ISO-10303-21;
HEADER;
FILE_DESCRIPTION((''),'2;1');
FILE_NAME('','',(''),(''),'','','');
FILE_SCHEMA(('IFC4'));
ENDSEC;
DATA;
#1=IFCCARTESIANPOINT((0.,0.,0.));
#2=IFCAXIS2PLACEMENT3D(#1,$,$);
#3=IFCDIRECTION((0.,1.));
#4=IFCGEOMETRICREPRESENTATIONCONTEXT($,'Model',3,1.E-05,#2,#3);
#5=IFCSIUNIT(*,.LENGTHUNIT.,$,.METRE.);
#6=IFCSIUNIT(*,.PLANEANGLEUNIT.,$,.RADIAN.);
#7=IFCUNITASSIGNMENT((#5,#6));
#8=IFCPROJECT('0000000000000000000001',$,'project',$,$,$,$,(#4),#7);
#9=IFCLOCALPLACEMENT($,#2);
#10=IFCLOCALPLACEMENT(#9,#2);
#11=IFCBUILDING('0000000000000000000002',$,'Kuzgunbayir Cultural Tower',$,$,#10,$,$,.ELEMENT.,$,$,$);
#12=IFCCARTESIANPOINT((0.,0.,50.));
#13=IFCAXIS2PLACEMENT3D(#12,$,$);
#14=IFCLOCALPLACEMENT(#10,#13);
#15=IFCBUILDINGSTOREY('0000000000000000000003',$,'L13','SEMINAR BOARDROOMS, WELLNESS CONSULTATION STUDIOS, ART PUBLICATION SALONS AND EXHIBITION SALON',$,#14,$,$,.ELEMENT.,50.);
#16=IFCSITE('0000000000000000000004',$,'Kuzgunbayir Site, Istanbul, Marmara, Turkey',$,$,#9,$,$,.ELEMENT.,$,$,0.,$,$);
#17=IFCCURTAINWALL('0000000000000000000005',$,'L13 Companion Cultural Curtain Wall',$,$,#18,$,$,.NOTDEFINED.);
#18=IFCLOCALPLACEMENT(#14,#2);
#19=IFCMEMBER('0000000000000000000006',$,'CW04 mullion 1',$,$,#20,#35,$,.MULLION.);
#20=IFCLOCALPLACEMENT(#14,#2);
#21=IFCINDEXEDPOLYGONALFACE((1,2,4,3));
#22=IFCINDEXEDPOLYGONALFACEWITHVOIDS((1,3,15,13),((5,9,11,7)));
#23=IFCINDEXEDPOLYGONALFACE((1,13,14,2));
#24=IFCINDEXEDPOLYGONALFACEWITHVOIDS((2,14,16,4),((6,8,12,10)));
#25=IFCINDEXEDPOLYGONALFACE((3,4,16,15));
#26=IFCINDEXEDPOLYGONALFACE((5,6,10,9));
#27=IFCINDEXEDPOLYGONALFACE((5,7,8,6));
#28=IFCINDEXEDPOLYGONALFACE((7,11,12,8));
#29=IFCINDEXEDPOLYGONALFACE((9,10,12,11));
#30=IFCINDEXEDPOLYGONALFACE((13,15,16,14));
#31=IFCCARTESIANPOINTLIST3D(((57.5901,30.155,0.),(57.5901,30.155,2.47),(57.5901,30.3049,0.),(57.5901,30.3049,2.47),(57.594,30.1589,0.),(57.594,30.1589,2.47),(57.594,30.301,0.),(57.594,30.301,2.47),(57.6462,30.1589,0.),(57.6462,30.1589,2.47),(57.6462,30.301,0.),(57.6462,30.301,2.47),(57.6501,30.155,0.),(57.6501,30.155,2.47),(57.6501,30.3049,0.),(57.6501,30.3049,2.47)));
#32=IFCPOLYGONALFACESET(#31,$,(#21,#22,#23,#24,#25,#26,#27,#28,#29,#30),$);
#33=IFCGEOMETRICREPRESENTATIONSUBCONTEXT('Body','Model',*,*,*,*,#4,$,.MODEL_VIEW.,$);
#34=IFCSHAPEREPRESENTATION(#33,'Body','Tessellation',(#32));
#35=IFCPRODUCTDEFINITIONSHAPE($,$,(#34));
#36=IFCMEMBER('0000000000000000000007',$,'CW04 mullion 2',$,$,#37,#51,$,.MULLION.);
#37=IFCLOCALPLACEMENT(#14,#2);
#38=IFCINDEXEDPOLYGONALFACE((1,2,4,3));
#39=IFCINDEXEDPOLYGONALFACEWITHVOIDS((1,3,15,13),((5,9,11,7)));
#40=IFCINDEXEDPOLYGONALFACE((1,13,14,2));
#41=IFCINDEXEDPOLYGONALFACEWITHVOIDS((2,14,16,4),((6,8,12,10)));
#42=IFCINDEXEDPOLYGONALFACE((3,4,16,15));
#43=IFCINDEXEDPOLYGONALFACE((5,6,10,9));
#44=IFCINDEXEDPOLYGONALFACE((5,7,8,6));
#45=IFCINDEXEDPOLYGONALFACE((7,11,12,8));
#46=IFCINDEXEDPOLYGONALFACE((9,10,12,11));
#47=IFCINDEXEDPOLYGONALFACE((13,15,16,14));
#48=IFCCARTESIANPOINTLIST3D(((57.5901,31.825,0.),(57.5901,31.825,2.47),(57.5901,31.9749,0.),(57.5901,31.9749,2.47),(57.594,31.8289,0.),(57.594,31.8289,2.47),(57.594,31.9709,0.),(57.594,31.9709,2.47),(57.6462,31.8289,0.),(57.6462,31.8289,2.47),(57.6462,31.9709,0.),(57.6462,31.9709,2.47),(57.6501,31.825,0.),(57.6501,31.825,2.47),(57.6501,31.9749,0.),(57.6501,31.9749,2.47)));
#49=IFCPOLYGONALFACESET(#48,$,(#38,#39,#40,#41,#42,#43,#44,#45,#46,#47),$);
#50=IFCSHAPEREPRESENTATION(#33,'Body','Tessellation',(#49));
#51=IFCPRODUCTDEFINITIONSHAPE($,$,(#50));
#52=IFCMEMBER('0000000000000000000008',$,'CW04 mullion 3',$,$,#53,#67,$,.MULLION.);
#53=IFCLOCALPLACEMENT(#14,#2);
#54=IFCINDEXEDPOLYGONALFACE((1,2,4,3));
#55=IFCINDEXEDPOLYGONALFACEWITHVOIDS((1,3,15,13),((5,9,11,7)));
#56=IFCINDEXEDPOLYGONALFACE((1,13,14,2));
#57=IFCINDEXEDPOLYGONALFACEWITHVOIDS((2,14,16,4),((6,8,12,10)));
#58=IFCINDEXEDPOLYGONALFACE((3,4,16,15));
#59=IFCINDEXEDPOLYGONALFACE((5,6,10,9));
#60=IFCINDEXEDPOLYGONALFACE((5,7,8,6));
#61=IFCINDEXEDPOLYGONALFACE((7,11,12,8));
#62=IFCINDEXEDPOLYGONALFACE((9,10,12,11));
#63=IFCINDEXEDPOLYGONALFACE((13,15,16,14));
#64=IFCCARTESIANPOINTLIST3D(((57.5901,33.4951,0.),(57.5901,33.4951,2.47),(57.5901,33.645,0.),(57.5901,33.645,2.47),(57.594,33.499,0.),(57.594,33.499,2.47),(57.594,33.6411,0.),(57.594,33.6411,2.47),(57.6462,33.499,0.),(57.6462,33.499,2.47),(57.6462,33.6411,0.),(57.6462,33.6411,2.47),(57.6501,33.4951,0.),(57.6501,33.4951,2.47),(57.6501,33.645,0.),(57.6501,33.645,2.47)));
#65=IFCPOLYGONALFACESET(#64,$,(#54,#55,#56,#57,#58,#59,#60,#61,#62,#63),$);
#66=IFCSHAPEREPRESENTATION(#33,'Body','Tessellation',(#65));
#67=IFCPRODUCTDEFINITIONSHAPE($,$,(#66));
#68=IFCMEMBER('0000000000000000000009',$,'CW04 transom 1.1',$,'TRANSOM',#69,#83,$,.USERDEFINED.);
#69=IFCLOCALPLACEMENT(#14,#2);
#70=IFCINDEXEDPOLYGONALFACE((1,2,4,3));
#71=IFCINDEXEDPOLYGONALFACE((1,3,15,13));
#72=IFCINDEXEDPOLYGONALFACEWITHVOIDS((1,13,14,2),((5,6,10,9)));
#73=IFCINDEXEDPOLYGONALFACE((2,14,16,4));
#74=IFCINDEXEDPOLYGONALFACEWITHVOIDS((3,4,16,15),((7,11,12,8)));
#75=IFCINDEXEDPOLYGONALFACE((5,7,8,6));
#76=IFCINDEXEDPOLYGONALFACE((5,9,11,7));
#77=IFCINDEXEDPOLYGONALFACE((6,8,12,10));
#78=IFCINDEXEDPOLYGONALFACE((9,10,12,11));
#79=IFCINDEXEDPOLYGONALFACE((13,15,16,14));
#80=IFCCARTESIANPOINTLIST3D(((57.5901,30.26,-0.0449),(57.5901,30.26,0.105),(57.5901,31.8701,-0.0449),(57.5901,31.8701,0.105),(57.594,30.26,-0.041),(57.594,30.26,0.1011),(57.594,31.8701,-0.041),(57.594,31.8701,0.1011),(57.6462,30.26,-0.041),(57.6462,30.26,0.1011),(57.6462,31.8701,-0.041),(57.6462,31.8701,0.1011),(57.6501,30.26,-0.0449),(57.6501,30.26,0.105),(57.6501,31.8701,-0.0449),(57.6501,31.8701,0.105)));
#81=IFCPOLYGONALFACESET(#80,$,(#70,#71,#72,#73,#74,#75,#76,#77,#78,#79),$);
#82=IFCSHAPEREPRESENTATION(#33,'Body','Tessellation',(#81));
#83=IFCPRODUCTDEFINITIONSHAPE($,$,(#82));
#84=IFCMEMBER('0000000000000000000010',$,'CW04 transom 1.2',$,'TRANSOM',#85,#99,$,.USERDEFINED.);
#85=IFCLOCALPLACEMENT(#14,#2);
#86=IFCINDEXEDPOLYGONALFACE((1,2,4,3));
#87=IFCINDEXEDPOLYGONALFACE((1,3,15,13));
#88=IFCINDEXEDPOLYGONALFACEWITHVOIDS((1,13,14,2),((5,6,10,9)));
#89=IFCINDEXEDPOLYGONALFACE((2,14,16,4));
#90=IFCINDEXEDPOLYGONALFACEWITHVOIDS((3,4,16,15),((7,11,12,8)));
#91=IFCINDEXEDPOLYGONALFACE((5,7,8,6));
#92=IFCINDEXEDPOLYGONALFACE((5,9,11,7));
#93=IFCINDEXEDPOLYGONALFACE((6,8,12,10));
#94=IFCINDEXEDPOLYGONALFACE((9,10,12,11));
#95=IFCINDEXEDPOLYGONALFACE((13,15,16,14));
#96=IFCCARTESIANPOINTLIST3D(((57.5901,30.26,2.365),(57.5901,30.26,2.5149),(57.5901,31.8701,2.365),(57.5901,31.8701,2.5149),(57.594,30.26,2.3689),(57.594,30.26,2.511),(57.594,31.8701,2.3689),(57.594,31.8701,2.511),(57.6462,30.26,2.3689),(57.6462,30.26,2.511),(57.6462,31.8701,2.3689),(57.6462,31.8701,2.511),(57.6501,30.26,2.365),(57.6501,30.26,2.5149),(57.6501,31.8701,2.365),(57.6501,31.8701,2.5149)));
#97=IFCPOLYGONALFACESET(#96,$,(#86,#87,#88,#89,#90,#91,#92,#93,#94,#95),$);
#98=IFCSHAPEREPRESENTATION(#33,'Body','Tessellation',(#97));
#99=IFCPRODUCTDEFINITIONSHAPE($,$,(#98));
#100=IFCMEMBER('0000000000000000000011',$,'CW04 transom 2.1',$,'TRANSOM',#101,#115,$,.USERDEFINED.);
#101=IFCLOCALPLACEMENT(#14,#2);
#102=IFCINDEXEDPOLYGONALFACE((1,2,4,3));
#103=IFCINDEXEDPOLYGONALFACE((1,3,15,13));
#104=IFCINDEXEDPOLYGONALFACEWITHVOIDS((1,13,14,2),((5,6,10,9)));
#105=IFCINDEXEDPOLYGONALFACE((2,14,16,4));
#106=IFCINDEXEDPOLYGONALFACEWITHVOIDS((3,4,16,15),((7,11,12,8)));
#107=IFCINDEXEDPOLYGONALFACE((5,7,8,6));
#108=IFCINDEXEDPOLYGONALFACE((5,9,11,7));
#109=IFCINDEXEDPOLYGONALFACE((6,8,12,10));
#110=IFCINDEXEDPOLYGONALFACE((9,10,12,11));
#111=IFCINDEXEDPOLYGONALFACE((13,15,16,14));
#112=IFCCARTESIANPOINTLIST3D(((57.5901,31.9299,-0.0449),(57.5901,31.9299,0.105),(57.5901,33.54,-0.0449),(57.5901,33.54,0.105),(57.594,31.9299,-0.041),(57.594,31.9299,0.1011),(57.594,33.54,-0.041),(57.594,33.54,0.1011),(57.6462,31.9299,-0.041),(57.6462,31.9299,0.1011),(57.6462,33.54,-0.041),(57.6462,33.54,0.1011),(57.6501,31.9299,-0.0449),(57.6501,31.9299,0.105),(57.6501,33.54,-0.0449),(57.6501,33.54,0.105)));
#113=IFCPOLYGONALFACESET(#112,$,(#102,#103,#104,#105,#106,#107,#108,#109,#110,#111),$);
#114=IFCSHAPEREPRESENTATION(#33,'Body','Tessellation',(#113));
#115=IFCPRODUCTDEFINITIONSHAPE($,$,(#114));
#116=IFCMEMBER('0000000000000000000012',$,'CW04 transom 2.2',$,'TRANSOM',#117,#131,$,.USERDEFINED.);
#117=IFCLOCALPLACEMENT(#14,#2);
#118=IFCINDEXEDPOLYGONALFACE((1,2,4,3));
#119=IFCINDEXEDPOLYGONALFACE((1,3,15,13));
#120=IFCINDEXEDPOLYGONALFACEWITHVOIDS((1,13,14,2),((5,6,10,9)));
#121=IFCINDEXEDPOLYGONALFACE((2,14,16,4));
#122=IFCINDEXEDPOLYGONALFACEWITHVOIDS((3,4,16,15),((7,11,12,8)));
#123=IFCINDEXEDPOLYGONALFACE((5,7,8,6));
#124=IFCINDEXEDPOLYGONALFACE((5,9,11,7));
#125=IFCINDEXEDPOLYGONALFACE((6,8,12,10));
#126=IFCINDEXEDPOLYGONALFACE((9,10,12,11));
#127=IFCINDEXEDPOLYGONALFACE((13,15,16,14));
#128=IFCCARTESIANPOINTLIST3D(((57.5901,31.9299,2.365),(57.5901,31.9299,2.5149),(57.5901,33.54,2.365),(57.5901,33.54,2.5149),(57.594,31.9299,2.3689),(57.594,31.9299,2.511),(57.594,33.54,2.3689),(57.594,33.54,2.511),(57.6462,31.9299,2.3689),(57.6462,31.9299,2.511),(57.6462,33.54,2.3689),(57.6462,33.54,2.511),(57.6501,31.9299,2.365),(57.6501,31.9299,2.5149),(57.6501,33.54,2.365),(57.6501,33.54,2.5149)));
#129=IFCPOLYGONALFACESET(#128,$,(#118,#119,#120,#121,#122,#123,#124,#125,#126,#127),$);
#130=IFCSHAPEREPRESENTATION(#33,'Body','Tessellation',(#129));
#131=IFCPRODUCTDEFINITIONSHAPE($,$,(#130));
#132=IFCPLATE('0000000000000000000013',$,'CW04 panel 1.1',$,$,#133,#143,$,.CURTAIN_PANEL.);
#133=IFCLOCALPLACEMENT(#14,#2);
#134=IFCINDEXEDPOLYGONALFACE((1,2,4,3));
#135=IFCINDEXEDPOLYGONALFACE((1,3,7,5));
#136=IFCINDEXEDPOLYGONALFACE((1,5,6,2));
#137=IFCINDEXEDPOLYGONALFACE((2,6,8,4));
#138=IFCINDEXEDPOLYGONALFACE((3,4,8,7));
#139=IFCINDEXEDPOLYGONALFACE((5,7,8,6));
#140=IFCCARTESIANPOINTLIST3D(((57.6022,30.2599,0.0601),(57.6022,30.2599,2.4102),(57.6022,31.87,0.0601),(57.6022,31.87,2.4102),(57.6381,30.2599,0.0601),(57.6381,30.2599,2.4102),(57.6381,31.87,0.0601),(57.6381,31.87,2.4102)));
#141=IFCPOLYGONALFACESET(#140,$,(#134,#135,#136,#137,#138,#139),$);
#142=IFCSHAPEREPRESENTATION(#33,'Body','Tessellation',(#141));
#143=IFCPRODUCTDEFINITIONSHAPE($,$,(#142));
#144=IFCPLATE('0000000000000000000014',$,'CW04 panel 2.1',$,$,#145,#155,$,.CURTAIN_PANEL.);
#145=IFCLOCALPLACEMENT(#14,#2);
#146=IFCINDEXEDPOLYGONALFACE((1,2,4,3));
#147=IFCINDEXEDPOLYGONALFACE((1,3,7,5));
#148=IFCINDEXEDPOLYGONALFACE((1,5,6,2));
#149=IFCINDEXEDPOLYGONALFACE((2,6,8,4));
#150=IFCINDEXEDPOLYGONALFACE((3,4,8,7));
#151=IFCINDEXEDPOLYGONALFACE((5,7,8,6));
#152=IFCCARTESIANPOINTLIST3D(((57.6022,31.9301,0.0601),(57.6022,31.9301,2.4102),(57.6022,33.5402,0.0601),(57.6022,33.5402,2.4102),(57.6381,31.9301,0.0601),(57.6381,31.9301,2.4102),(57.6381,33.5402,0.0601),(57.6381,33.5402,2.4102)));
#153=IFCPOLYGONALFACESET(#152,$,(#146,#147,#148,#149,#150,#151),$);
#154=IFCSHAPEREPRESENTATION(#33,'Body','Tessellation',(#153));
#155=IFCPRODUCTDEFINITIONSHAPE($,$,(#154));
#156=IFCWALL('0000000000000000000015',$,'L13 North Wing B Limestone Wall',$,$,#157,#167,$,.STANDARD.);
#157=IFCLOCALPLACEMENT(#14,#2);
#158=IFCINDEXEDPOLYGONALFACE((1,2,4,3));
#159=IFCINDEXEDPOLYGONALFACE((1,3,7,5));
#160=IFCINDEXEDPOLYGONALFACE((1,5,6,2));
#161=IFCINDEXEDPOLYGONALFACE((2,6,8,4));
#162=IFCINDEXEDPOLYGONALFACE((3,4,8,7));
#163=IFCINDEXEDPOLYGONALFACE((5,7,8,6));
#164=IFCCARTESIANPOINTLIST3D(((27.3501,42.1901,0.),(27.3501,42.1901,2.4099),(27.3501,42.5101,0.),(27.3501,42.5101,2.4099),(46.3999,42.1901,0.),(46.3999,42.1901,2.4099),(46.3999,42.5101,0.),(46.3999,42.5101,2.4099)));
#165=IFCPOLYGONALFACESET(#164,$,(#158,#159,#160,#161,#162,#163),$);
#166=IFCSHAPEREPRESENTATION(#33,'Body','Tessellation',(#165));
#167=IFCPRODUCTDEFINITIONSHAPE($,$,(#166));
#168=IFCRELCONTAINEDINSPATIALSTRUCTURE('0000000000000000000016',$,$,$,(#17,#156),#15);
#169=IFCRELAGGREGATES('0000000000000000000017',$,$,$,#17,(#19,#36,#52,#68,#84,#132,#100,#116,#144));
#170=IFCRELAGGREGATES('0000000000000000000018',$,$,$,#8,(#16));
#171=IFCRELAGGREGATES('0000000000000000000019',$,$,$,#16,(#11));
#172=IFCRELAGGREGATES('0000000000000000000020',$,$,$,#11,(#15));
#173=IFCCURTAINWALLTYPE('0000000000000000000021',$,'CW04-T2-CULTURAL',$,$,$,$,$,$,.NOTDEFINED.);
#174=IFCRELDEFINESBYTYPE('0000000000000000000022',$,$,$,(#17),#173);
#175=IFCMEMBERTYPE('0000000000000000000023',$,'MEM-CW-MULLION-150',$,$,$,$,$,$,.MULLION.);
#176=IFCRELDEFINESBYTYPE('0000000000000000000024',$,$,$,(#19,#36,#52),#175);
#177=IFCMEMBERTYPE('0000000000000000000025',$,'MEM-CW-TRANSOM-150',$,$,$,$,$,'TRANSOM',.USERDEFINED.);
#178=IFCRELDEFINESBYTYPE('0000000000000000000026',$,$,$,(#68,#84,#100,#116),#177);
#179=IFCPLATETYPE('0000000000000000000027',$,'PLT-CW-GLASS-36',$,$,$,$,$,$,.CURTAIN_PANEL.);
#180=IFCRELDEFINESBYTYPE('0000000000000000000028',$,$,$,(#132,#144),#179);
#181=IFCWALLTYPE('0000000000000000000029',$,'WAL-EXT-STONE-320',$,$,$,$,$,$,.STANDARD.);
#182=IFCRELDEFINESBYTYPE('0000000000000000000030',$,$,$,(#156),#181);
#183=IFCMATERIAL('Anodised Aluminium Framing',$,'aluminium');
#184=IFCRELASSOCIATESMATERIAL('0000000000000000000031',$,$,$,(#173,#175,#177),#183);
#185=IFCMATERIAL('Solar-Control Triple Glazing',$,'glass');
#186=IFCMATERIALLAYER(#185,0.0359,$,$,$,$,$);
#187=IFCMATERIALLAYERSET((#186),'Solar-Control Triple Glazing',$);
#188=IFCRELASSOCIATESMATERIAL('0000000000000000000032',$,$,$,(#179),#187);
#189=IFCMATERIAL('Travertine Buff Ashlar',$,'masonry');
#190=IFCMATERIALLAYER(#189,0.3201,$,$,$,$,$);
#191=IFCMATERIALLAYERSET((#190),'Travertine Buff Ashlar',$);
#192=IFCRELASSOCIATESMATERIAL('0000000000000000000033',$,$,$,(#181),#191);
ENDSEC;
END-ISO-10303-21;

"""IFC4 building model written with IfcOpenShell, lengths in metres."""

from ifc_helpers import new_model, si_unit, direction, frame, frame_2d, origin, origin_2d, place, context, subcontext, project, spatial, rectangle, hollow_rectangle, extrude, material, layer, layer_set, material_profile, profile_set, type_object, element, aggregate, save


model = new_model("IFC4")

# Units and contexts
model_context = context("Model", 3, precision=1e-05, world=origin(), true_north=direction((0.0, 1.0)))
body_context = subcontext(model_context, "Body", "Model", "MODEL_VIEW")
ifc_project = project(units=[si_unit("LENGTHUNIT", "METRE"), si_unit("PLANEANGLEUNIT", "RADIAN")], contexts=[model_context])

# Site, building, storey
site_placement = place(None, origin())
site = spatial("IfcSite", under=ifc_project, at=site_placement, Name="Kuzgunbayir Site, Istanbul, Marmara, Turkey", CompositionType="ELEMENT", RefElevation=0.0)
building_placement = place(site_placement, origin())
building = spatial("IfcBuilding", under=site, at=building_placement, Name="Kuzgunbayir Cultural Tower", CompositionType="ELEMENT")
storey_placement = place(building_placement, frame((0.0, 0.0, 50.0)))
storey = spatial("IfcBuildingStorey", under=building, at=storey_placement, Name="L13", Description="SEMINAR BOARDROOMS, WELLNESS CONSULTATION STUDIOS, ART PUBLICATION SALONS AND EXHIBITION SALON", CompositionType="ELEMENT", Elevation=50.0)

# Curtain wall, members, plates
ifc_material_1 = material(Name="Anodised Aluminium Framing", Category="aluminium")
curtain_wall_type = type_object("IfcCurtainWallType", Name="CW04-T2-CULTURAL", PredefinedType="NOTDEFINED", material=ifc_material_1)
curtain_wall_placement = place(storey_placement, origin())
curtain_wall = element("IfcCurtainWall", 1, at=curtain_wall_placement, inside=storey, type_object=curtain_wall_type, Name="L13 Companion Cultural Curtain Wall", PredefinedType="NOTDEFINED")
ifc_material_profile_1 = material_profile(ifc_material_1, hollow_rectangle(XDim=0.0601, YDim=0.1499, WallThickness=0.0039, at=origin_2d()), Name="RHS 150x60x4")
ifc_profile_set_1 = profile_set([ifc_material_profile_1], Name="Anodised Aluminium Framing")
member_type_1 = type_object("IfcMemberType", Name="MEM-CW-MULLION-150", PredefinedType="MULLION", material=ifc_profile_set_1)
member_1_placement = place(storey_placement, frame((57.6201, 30.23, 0.0), z_axis=(0.0, 0.0, 1.0), x_axis=(-1.0, 0.0, 0.0)))
member_1 = element("IfcMember", 2, at=member_1_placement, type_object=member_type_1, Name="CW04 mullion 1", PredefinedType="MULLION", context=body_context, shape_type="SweptSolid", body=[
    extrude(hollow_rectangle(XDim=0.0601, YDim=0.1499, WallThickness=0.0039, at=origin_2d()), origin(), (0.0, 0.0, 1.0), 2.47),
])
member_2_placement = place(storey_placement, frame((57.6201, 31.8999, 0.0), z_axis=(0.0, 0.0, 1.0), x_axis=(-1.0, 0.0, 0.0)))
member_2 = element("IfcMember", 3, at=member_2_placement, type_object=member_type_1, Name="CW04 mullion 2", PredefinedType="MULLION", context=body_context, shape_type="SweptSolid", body=[
    extrude(hollow_rectangle(XDim=0.0601, YDim=0.1499, WallThickness=0.0039, at=origin_2d()), origin(), (0.0, 0.0, 1.0), 2.47),
])
member_3_placement = place(storey_placement, frame((57.6201, 33.5701, 0.0), z_axis=(0.0, 0.0, 1.0), x_axis=(-1.0, 0.0, 0.0)))
member_3 = element("IfcMember", 4, at=member_3_placement, type_object=member_type_1, Name="CW04 mullion 3", PredefinedType="MULLION", context=body_context, shape_type="SweptSolid", body=[
    extrude(hollow_rectangle(XDim=0.0601, YDim=0.1499, WallThickness=0.0039, at=origin_2d()), origin(), (0.0, 0.0, 1.0), 2.47),
])
ifc_material_profile_2 = material_profile(ifc_material_1, hollow_rectangle(XDim=0.0601, YDim=0.1499, WallThickness=0.0039, at=origin_2d()), Name="RHS 150x60x4")
ifc_profile_set_2 = profile_set([ifc_material_profile_2], Name="Anodised Aluminium Framing")
member_type_2 = type_object("IfcMemberType", Name="MEM-CW-TRANSOM-150", ElementType="TRANSOM", PredefinedType="USERDEFINED", material=ifc_profile_set_2)
member_4_placement = place(storey_placement, frame((57.6201, 30.26, 0.03), z_axis=(0.0, 1.0, 0.0), x_axis=(-1.0, 0.0, 0.0)))
member_4 = element("IfcMember", 5, at=member_4_placement, type_object=member_type_2, Name="CW04 transom 1.1", ObjectType="TRANSOM", PredefinedType="USERDEFINED", context=body_context, shape_type="SweptSolid", body=[
    extrude(hollow_rectangle(XDim=0.0601, YDim=0.1499, WallThickness=0.0039, at=origin_2d()), origin(), (0.0, 0.0, 1.0), 1.6101),
])
member_5_placement = place(storey_placement, frame((57.6201, 30.26, 2.4399), z_axis=(0.0, 1.0, 0.0), x_axis=(-1.0, 0.0, 0.0)))
member_5 = element("IfcMember", 6, at=member_5_placement, type_object=member_type_2, Name="CW04 transom 1.2", ObjectType="TRANSOM", PredefinedType="USERDEFINED", context=body_context, shape_type="SweptSolid", body=[
    extrude(hollow_rectangle(XDim=0.0601, YDim=0.1499, WallThickness=0.0039, at=origin_2d()), origin(), (0.0, 0.0, 1.0), 1.6101),
])
member_6_placement = place(storey_placement, frame((57.6201, 31.9299, 0.03), z_axis=(0.0, 1.0, 0.0), x_axis=(-1.0, 0.0, 0.0)))
member_6 = element("IfcMember", 7, at=member_6_placement, type_object=member_type_2, Name="CW04 transom 2.1", ObjectType="TRANSOM", PredefinedType="USERDEFINED", context=body_context, shape_type="SweptSolid", body=[
    extrude(hollow_rectangle(XDim=0.0601, YDim=0.1499, WallThickness=0.0039, at=origin_2d()), origin(), (0.0, 0.0, 1.0), 1.6101),
])
member_7_placement = place(storey_placement, frame((57.6201, 31.9299, 2.4399), z_axis=(0.0, 1.0, 0.0), x_axis=(-1.0, 0.0, 0.0)))
member_7 = element("IfcMember", 8, at=member_7_placement, type_object=member_type_2, Name="CW04 transom 2.2", ObjectType="TRANSOM", PredefinedType="USERDEFINED", context=body_context, shape_type="SweptSolid", body=[
    extrude(hollow_rectangle(XDim=0.0601, YDim=0.1499, WallThickness=0.0039, at=origin_2d()), origin(), (0.0, 0.0, 1.0), 1.6101),
])
ifc_material_2 = material(Name="Solar-Control Triple Glazing", Category="glass")
ifc_layer_1 = layer(ifc_material_2, 0.0359)
ifc_layer_set_1 = layer_set([ifc_layer_1], Name="Solar-Control Triple Glazing")
plate_type = type_object("IfcPlateType", Name="PLT-CW-GLASS-36", PredefinedType="CURTAIN_PANEL", material=ifc_layer_set_1)
plate_1_placement = place(storey_placement, frame((57.6201, 31.0649, 0.0601), z_axis=(0.0, 0.0, 1.0), x_axis=(0.0, 1.0, 0.0)))
plate_1 = element("IfcPlate", 9, at=plate_1_placement, type_object=plate_type, Name="CW04 panel 1.1", PredefinedType="CURTAIN_PANEL", context=body_context, shape_type="SweptSolid", body=[
    extrude(rectangle(XDim=1.6101, YDim=0.0359, at=origin_2d()), origin(), (0.0, 0.0, 1.0), 2.3501),
])
plate_2_placement = place(storey_placement, frame((57.6201, 32.7351, 0.0601), z_axis=(0.0, 0.0, 1.0), x_axis=(0.0, 1.0, 0.0)))
plate_2 = element("IfcPlate", 10, at=plate_2_placement, type_object=plate_type, Name="CW04 panel 2.1", PredefinedType="CURTAIN_PANEL", context=body_context, shape_type="SweptSolid", body=[
    extrude(rectangle(XDim=1.6101, YDim=0.0359, at=origin_2d()), origin(), (0.0, 0.0, 1.0), 2.3501),
])
aggregate(curtain_wall, [member_1, member_2, member_3, member_4, member_5, plate_1, member_6, member_7, plate_2])

# Wall
ifc_material_3 = material(Name="Travertine Buff Ashlar", Category="masonry")
ifc_layer_2 = layer(ifc_material_3, 0.3201)
ifc_layer_set_2 = layer_set([ifc_layer_2], Name="Travertine Buff Ashlar")
wall_type_1 = type_object("IfcWallType", Name="WAL-EXT-STONE-320", PredefinedType="STANDARD", material=ifc_layer_set_2)
wall_1_placement = place(storey_placement, frame((46.3999, 42.3501, 0.0), z_axis=(0.0, 0.0, 1.0), x_axis=(-1.0, 0.0, 0.0)))
element("IfcWall", 11, at=wall_1_placement, inside=storey, type_object=wall_type_1, Name="L13 North Wing B Limestone Wall", PredefinedType="STANDARD", context=body_context, shape_type="SweptSolid", body=[
    extrude(rectangle(XDim=19.0498, YDim=0.3201, at=frame_2d((9.5249, 0.0))), origin(), (0.0, 0.0, 1.0), 2.4099),
])

save(model, "model.ifc")
